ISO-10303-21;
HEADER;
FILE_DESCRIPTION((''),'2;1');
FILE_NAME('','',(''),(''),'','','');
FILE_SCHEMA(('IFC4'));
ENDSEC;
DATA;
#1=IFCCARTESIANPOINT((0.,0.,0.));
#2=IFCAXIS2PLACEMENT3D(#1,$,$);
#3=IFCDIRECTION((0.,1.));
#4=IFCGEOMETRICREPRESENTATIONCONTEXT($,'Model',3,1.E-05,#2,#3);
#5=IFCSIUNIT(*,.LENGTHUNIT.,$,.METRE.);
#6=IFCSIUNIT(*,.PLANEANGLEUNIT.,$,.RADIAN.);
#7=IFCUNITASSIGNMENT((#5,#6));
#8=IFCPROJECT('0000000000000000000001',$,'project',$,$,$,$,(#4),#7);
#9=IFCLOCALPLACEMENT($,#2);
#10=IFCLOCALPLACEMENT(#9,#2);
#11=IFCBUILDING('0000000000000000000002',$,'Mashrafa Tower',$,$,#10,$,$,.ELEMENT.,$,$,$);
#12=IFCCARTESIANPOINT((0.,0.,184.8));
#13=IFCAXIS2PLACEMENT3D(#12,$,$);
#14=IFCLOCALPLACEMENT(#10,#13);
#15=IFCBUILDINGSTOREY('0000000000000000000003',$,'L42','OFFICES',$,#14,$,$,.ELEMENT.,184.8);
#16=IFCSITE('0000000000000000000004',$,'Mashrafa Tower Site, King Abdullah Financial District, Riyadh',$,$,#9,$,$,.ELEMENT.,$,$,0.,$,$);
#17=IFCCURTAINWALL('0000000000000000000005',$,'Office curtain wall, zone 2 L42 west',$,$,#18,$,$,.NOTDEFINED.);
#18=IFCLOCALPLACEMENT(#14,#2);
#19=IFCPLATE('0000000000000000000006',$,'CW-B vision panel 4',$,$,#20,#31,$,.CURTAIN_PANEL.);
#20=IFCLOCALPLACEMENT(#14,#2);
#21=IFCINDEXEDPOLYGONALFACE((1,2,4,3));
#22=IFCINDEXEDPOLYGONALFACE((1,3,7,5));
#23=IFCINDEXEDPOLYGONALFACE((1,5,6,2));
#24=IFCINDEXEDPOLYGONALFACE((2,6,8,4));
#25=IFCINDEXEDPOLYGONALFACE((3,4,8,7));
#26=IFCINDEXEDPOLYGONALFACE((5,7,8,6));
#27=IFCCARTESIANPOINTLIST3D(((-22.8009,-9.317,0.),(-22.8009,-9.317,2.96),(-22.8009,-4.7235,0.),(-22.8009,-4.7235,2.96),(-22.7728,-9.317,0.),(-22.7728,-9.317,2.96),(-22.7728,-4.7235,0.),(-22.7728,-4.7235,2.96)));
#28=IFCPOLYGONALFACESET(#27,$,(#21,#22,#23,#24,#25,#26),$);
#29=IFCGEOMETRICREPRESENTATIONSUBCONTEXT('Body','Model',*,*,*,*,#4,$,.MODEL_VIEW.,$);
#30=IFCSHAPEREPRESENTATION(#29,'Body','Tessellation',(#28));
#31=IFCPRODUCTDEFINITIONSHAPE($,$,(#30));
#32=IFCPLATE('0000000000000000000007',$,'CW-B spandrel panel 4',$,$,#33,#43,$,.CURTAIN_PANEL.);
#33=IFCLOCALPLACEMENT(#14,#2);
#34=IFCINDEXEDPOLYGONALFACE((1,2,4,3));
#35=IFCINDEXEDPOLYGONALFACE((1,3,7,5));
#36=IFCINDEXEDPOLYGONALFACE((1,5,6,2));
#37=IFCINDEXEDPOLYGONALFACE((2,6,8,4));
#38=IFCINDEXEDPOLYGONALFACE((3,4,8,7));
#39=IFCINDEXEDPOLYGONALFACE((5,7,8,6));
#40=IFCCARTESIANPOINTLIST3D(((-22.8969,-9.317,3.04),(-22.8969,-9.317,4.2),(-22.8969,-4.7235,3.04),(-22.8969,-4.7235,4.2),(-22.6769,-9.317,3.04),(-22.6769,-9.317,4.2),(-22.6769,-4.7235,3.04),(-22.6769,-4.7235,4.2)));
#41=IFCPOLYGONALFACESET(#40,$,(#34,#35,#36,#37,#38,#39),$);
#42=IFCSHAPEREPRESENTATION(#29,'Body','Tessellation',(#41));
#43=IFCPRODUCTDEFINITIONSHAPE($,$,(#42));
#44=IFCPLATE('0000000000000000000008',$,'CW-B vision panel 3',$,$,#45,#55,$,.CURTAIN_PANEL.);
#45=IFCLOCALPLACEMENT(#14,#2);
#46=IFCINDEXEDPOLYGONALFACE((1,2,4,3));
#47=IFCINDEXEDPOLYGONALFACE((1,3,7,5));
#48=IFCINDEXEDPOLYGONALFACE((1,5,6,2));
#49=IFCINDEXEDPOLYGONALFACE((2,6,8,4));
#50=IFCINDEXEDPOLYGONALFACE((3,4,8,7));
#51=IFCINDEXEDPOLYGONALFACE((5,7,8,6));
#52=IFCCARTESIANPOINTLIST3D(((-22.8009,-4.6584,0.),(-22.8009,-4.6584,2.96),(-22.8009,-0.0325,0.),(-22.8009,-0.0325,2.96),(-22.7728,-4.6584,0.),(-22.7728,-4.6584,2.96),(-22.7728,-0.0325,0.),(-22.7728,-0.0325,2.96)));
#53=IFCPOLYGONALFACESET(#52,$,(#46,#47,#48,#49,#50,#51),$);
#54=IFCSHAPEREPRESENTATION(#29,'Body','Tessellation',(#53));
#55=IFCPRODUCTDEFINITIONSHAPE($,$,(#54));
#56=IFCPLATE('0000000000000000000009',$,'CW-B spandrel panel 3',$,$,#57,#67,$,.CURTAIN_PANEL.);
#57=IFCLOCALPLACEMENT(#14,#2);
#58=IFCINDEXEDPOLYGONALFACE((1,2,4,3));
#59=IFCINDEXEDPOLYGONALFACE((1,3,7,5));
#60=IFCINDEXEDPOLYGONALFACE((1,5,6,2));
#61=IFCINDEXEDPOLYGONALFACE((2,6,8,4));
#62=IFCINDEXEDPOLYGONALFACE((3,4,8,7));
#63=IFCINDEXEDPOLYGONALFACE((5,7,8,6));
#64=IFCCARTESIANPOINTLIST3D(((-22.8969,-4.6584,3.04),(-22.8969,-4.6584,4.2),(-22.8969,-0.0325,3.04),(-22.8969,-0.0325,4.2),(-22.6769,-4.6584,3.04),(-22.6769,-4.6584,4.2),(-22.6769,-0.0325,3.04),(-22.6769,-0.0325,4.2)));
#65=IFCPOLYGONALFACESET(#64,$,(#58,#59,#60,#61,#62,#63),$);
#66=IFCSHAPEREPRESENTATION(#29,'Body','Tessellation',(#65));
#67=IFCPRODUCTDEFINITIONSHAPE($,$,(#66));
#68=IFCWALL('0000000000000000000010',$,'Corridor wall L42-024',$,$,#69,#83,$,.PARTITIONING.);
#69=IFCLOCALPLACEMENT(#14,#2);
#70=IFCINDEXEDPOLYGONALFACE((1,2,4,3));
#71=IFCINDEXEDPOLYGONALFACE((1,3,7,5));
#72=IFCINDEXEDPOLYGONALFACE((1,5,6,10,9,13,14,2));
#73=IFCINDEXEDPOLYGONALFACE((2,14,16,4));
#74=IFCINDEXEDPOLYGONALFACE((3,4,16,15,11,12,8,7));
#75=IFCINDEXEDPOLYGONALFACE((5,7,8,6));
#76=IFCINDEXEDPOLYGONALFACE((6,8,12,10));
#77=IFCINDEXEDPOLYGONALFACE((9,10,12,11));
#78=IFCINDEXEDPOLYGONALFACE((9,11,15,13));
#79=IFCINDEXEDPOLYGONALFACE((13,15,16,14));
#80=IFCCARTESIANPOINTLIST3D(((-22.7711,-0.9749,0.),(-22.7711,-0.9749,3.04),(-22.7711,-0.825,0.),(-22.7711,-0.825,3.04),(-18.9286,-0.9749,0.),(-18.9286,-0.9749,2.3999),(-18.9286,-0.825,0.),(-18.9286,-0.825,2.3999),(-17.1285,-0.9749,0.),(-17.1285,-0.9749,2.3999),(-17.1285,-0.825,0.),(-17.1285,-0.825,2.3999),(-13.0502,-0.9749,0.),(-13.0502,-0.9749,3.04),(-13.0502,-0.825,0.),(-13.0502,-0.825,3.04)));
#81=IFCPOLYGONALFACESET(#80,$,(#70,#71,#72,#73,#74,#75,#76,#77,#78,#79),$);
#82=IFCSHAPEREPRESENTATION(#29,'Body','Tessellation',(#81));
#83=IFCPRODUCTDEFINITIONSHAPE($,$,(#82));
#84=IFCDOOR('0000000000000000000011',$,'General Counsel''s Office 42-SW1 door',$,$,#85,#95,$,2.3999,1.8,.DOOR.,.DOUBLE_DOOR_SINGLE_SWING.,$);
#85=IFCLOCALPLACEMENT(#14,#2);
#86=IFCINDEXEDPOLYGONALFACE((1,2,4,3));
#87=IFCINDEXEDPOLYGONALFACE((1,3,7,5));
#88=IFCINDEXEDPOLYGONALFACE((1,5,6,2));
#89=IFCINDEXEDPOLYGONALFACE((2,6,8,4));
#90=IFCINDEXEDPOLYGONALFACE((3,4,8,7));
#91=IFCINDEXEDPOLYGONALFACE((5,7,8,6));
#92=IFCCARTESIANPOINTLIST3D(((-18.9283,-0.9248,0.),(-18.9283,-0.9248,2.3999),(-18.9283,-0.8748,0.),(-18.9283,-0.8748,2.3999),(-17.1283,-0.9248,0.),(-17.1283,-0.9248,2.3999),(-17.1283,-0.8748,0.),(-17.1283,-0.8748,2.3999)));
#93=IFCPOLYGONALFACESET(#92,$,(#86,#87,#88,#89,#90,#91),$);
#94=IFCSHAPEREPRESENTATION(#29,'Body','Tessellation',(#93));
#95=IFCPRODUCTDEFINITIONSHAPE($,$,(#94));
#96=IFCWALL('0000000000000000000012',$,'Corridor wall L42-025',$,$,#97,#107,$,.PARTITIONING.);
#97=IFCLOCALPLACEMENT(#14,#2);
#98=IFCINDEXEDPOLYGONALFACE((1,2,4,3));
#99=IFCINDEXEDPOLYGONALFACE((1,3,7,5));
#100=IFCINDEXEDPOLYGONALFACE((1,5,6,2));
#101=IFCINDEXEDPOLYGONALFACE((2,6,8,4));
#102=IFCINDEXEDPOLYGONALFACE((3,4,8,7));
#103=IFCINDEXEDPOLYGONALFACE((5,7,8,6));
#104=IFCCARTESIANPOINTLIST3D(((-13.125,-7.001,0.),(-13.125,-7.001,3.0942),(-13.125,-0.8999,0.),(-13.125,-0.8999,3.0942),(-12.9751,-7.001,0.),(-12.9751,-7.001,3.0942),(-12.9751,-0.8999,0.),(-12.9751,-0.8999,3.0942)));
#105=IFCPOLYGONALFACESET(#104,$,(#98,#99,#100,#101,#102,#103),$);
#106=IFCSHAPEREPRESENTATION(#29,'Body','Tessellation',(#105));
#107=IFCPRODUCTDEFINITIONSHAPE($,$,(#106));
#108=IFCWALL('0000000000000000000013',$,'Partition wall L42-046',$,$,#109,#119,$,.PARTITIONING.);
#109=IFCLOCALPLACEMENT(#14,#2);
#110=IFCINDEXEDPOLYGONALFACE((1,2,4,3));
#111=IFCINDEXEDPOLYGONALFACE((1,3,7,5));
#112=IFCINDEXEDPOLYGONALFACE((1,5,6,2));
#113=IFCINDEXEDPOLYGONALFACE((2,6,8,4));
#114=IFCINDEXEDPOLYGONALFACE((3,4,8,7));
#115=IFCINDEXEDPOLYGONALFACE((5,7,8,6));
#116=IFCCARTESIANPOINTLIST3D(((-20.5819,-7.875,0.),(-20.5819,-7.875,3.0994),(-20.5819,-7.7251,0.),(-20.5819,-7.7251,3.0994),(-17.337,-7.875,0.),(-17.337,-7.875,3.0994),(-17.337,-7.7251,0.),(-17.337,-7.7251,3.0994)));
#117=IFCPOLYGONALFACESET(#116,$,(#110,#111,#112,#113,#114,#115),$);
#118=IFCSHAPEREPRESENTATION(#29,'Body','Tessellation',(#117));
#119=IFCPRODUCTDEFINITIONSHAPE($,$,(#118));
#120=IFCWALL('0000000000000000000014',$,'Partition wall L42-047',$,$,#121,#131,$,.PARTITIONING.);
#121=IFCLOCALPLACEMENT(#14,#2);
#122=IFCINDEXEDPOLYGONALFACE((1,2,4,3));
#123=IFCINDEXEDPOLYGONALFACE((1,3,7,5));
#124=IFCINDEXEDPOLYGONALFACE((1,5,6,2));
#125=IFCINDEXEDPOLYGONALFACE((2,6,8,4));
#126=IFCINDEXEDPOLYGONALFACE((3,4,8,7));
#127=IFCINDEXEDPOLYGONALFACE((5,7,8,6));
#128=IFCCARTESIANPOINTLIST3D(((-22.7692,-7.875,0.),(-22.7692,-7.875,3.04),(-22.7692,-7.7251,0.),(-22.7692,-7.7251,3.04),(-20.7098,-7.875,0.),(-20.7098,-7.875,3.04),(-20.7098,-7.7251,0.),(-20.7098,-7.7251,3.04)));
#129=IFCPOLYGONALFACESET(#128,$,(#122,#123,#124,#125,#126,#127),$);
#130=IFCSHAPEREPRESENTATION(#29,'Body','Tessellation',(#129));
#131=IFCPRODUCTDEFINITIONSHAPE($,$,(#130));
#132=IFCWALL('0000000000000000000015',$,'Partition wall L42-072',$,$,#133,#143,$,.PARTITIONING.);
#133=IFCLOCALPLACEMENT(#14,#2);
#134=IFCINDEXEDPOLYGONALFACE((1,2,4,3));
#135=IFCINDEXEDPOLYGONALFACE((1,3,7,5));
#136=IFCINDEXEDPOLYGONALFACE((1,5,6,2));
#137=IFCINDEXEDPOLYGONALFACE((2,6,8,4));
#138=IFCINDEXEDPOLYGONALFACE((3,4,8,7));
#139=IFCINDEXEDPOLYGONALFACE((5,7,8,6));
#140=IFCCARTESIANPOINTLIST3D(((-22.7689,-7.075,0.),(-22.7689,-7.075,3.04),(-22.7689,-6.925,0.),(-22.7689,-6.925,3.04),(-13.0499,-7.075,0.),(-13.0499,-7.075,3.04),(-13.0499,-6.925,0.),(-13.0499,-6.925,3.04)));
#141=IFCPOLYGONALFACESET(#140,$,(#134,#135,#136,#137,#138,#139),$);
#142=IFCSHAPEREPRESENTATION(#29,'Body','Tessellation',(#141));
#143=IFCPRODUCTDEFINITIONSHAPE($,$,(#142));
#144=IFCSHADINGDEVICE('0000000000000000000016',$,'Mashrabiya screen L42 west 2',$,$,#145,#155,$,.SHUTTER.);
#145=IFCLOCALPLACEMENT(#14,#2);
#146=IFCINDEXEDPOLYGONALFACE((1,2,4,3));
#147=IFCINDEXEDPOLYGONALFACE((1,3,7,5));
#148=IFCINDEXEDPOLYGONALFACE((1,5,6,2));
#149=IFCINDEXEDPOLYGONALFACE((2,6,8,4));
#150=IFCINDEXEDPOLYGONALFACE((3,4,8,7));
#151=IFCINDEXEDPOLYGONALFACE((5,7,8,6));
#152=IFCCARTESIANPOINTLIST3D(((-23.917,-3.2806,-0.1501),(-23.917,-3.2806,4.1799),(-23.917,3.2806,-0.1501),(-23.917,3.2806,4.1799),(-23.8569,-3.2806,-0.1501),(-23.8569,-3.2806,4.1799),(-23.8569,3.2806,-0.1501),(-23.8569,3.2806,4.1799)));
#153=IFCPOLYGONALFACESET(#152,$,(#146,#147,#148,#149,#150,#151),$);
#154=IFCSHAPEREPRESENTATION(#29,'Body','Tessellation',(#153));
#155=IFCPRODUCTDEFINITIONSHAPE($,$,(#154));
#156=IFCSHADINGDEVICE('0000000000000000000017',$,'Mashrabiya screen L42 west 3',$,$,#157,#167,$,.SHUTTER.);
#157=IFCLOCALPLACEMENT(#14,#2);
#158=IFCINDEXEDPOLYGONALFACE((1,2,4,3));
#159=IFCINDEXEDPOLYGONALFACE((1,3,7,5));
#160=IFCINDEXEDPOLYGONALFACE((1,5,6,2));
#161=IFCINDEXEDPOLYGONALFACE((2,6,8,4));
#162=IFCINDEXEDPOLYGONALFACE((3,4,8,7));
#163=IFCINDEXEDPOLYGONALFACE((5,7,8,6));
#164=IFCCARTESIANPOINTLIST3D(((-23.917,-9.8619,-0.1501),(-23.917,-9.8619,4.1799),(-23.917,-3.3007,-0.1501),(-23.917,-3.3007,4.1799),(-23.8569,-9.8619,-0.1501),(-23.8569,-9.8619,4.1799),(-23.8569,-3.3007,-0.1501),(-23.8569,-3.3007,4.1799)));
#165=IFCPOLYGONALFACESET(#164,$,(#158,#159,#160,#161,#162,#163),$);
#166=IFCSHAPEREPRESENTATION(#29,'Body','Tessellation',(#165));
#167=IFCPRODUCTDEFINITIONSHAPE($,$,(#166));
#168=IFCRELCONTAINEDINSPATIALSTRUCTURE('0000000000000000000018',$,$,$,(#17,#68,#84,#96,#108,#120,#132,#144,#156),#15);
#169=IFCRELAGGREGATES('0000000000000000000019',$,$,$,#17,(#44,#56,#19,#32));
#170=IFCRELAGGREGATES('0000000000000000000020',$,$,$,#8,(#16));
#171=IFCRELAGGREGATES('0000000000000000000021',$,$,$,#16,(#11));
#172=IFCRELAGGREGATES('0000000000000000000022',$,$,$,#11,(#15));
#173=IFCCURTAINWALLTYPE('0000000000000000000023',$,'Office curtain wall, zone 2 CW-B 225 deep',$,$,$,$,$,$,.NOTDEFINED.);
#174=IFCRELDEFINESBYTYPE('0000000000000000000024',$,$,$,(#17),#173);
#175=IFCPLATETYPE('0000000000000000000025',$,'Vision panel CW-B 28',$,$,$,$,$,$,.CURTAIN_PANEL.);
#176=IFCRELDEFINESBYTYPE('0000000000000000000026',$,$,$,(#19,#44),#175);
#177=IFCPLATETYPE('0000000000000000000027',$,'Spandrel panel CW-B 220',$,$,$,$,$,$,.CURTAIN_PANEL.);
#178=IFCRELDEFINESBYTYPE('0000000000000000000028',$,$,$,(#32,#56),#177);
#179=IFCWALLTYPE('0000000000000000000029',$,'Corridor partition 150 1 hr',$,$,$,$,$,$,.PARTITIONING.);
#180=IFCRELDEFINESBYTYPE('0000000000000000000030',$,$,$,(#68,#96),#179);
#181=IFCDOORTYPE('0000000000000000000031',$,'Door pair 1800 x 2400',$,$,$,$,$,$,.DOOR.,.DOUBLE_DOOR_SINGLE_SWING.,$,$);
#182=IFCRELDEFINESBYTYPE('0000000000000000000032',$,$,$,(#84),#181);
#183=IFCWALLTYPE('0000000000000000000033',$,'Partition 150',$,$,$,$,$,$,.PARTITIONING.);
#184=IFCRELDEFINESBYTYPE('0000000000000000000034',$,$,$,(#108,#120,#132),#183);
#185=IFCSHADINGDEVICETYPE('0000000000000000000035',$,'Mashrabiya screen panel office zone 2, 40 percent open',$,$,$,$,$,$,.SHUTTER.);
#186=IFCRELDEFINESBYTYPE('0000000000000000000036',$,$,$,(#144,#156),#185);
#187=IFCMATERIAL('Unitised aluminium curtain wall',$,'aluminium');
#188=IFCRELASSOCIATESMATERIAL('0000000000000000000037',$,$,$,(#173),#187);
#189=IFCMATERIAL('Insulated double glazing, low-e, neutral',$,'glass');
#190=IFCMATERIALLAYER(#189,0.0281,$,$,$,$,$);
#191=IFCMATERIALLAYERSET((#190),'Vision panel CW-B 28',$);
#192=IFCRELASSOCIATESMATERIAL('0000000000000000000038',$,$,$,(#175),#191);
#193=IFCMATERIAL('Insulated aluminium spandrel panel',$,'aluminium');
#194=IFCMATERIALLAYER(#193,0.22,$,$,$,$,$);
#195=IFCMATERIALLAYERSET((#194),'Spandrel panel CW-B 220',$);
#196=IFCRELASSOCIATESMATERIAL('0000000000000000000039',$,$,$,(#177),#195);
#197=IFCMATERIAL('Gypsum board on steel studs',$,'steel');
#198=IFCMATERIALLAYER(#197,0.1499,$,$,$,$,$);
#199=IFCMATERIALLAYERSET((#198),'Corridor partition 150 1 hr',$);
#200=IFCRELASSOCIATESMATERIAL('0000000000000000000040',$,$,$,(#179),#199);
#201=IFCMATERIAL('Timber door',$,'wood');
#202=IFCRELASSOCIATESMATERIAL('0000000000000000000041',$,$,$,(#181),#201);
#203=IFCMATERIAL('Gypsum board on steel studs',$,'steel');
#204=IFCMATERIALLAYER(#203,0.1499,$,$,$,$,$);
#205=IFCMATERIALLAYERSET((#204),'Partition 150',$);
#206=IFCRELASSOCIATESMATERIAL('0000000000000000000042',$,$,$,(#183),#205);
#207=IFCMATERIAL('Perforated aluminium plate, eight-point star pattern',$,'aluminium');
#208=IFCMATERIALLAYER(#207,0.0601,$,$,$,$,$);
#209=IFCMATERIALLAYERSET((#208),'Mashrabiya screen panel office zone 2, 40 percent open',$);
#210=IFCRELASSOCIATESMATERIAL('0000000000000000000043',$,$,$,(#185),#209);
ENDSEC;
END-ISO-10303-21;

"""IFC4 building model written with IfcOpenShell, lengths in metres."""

from ifc_helpers import new_model, si_unit, direction, frame, frame_2d, origin, origin_2d, place, context, subcontext, project, spatial, rectangle, extrude, source, transform, mapped, material, layer, layer_set, type_object, type_shapes, element, fill, aggregate, save


model = new_model("IFC4")

# Units and contexts
model_context = context("Model", 3, precision=1e-05, world=origin(), true_north=direction((0.0, 1.0)))
body_context = subcontext(model_context, "Body", "Model", "MODEL_VIEW")
ifc_project = project(units=[si_unit("LENGTHUNIT", "METRE"), si_unit("PLANEANGLEUNIT", "RADIAN")], contexts=[model_context])

# Site, building, storey
site_placement = place(None, origin())
site = spatial("IfcSite", under=ifc_project, at=site_placement, Name="Mashrafa Tower Site, King Abdullah Financial District, Riyadh", CompositionType="ELEMENT", RefElevation=0.0)
building_placement = place(site_placement, origin())
building = spatial("IfcBuilding", under=site, at=building_placement, Name="Mashrafa Tower", CompositionType="ELEMENT")
storey_placement = place(building_placement, frame((0.0, 0.0, 184.8)))
storey = spatial("IfcBuildingStorey", under=building, at=storey_placement, Name="L42", Description="OFFICES", CompositionType="ELEMENT", Elevation=184.8)

# Curtain wall
ifc_material_1 = material(Name="Unitised aluminium curtain wall", Category="aluminium")
curtain_wall_type = type_object("IfcCurtainWallType", Name="Office curtain wall, zone 2 CW-B 225 deep", PredefinedType="NOTDEFINED", material=ifc_material_1)
curtain_wall_1_placement = place(storey_placement, origin())
curtain_wall_1 = element("IfcCurtainWall", 1, at=curtain_wall_1_placement, inside=storey, type_object=curtain_wall_type, Name="Office curtain wall, zone 2 L42 west", PredefinedType="NOTDEFINED")

# Plates
ifc_material_2 = material(Name="Insulated double glazing, low-e, neutral", Category="glass")
ifc_layer_1 = layer(ifc_material_2, 0.0281)
ifc_layer_set_1 = layer_set([ifc_layer_1], Name="Vision panel CW-B 28")
plate_type_1 = type_object("IfcPlateType", Name="Vision panel CW-B 28", PredefinedType="CURTAIN_PANEL", material=ifc_layer_set_1)
shared_shape_1 = source(origin(), body_context, "Body", "SweptSolid", [
    extrude(rectangle(XDim=4.5935, YDim=0.0281, at=origin_2d()), origin(), (0.0, 0.0, 1.0), 2.96),
])
plate_1_placement = place(storey_placement, frame((-22.7869, -7.0203, 0.0), z_axis=(0.0, 0.0, 1.0), x_axis=(0.0, -1.0, 0.0)))
plate_1 = element("IfcPlate", 2, at=plate_1_placement, type_object=plate_type_1, Name="CW-B vision panel 4", PredefinedType="CURTAIN_PANEL", context=body_context, shape_type="MappedRepresentation", body=[
    mapped(shared_shape_1, transform((0.0, 0.0, 0.0))),
])
ifc_material_3 = material(Name="Insulated aluminium spandrel panel", Category="aluminium")
ifc_layer_2 = layer(ifc_material_3, 0.22)
ifc_layer_set_2 = layer_set([ifc_layer_2], Name="Spandrel panel CW-B 220")
plate_type_2 = type_object("IfcPlateType", Name="Spandrel panel CW-B 220", PredefinedType="CURTAIN_PANEL", material=ifc_layer_set_2)
shared_shape_2 = source(origin(), body_context, "Body", "SweptSolid", [
    extrude(rectangle(XDim=4.5935, YDim=0.22, at=origin_2d()), origin(), (0.0, 0.0, 1.0), 1.1599),
])
plate_2_placement = place(storey_placement, frame((-22.7869, -7.0203, 3.04), z_axis=(0.0, 0.0, 1.0), x_axis=(0.0, -1.0, 0.0)))
plate_2 = element("IfcPlate", 3, at=plate_2_placement, type_object=plate_type_2, Name="CW-B spandrel panel 4", PredefinedType="CURTAIN_PANEL", context=body_context, shape_type="MappedRepresentation", body=[
    mapped(shared_shape_2, transform((0.0, 0.0, 0.0))),
])
shared_shape_3 = source(origin(), body_context, "Body", "SweptSolid", [
    extrude(rectangle(XDim=4.626, YDim=0.0281, at=origin_2d()), origin(), (0.0, 0.0, 1.0), 2.96),
])
type_shapes(plate_type_1, [shared_shape_1, shared_shape_3])
plate_3_placement = place(storey_placement, frame((-22.7869, -2.3455, 0.0), z_axis=(0.0, 0.0, 1.0), x_axis=(0.0, -1.0, 0.0)))
plate_3 = element("IfcPlate", 4, at=plate_3_placement, type_object=plate_type_1, Name="CW-B vision panel 3", PredefinedType="CURTAIN_PANEL", context=body_context, shape_type="MappedRepresentation", body=[
    mapped(shared_shape_3, transform((0.0, 0.0, 0.0))),
])
shared_shape_4 = source(origin(), body_context, "Body", "SweptSolid", [
    extrude(rectangle(XDim=4.626, YDim=0.22, at=origin_2d()), origin(), (0.0, 0.0, 1.0), 1.1599),
])
type_shapes(plate_type_2, [shared_shape_2, shared_shape_4])
plate_4_placement = place(storey_placement, frame((-22.7869, -2.3455, 3.04), z_axis=(0.0, 0.0, 1.0), x_axis=(0.0, -1.0, 0.0)))
plate_4 = element("IfcPlate", 5, at=plate_4_placement, type_object=plate_type_2, Name="CW-B spandrel panel 3", PredefinedType="CURTAIN_PANEL", context=body_context, shape_type="MappedRepresentation", body=[
    mapped(shared_shape_4, transform((0.0, 0.0, 0.0))),
])
aggregate(curtain_wall_1, [plate_3, plate_4, plate_1, plate_2])

# Wall, opening, door
ifc_material_4 = material(Name="Gypsum board on steel studs", Category="steel")
ifc_layer_3 = layer(ifc_material_4, 0.1499)
ifc_layer_set_3 = layer_set([ifc_layer_3], Name="Corridor partition 150 1 hr")
wall_type_1 = type_object("IfcWallType", Name="Corridor partition 150 1 hr", PredefinedType="PARTITIONING", material=ifc_layer_set_3)
ifc_material_5 = material(Name="Timber door", Category="wood")
door_type = type_object("IfcDoorType", Name="Door pair 1800 x 2400", OperationType="DOUBLE_DOOR_SINGLE_SWING", PredefinedType="DOOR", material=ifc_material_5)
wall_1_placement = place(storey_placement, frame((-22.771, -0.8999, 0.0), z_axis=(0.0, 0.0, 1.0), x_axis=(1.0, 0.0, 0.0)))
wall_1 = element("IfcWall", 6, at=wall_1_placement, inside=storey, type_object=wall_type_1, Name="Corridor wall L42-024", PredefinedType="PARTITIONING", context=body_context, shape_type="SweptSolid", body=[
    extrude(rectangle(XDim=9.7209, YDim=0.1499, at=frame_2d((4.8604, 0.0))), origin(), (0.0, 0.0, 1.0), 3.04),
])
opening_1_placement = place(wall_1_placement, frame((3.8425, 0.0, 0.0)))
opening_1 = element("IfcOpeningElement", 7, at=opening_1_placement, cuts=wall_1, PredefinedType="OPENING", context=body_context, shape_type="SweptSolid", body=[
    extrude(rectangle(XDim=1.8, YDim=2.3999, at=frame_2d((0.8999, 1.2))), frame((0.0, 0.085, 0.0), z_axis=(0.0, -1.0, 0.0), x_axis=(1.0, 0.0, 0.0)), (0.0, 0.0, 1.0), 0.1699),
])
door_1_placement = place(opening_1_placement, frame((1.8, 0.0, 0.0), z_axis=(0.0, 0.0, 1.0), x_axis=(-1.0, 0.0, 0.0)))
door_1 = element("IfcDoor", 8, at=door_1_placement, inside=storey, type_object=door_type, Name="General Counsel's Office 42-SW1 door", OperationType="DOUBLE_DOOR_SINGLE_SWING", OverallHeight=2.3999, OverallWidth=1.8, PredefinedType="DOOR", context=body_context, shape_type="SweptSolid", body=[
    extrude(rectangle(XDim=1.8, YDim=2.3999, at=frame_2d((0.8999, 1.2))), frame((0.0, 0.0249, 0.0), z_axis=(0.0, -1.0, 0.0), x_axis=(1.0, 0.0, 0.0)), (0.0, 0.0, 1.0), 0.05),
])
fill(opening_1, door_1)

# Walls
wall_2_placement = place(storey_placement, frame((-13.05, -0.8999, 0.0), z_axis=(0.0, 0.0, 1.0), x_axis=(0.0, -1.0, 0.0)))
element("IfcWall", 9, at=wall_2_placement, inside=storey, type_object=wall_type_1, Name="Corridor wall L42-025", PredefinedType="PARTITIONING", context=body_context, shape_type="SweptSolid", body=[
    extrude(rectangle(XDim=6.1011, YDim=0.1499, at=frame_2d((3.0505, 0.0))), origin(), (0.0, 0.0, 1.0), 3.0942),
])
ifc_material_6 = material(Name="Gypsum board on steel studs", Category="steel")
ifc_layer_4 = layer(ifc_material_6, 0.1499)
ifc_layer_set_4 = layer_set([ifc_layer_4], Name="Partition 150")
wall_type_2 = type_object("IfcWallType", Name="Partition 150", PredefinedType="PARTITIONING", material=ifc_layer_set_4)
wall_3_placement = place(storey_placement, frame((-17.3369, -7.8, 0.0), z_axis=(0.0, 0.0, 1.0), x_axis=(-1.0, 0.0, 0.0)))
element("IfcWall", 10, at=wall_3_placement, inside=storey, type_object=wall_type_2, Name="Partition wall L42-046", PredefinedType="PARTITIONING", context=body_context, shape_type="SweptSolid", body=[
    extrude(rectangle(XDim=3.2449, YDim=0.1499, at=frame_2d((1.6226, 0.0))), origin(), (0.0, 0.0, 1.0), 3.0994),
])
wall_4_placement = place(storey_placement, frame((-20.7097, -7.8, 0.0), z_axis=(0.0, 0.0, 1.0), x_axis=(-1.0, 0.0, 0.0)))
element("IfcWall", 11, at=wall_4_placement, inside=storey, type_object=wall_type_2, Name="Partition wall L42-047", PredefinedType="PARTITIONING", context=body_context, shape_type="SweptSolid", body=[
    extrude(rectangle(XDim=2.0593, YDim=0.1499, at=frame_2d((1.0298, 0.0))), origin(), (0.0, 0.0, 1.0), 3.04),
])
wall_5_placement = place(storey_placement, frame((-13.05, -7.0, 0.0), z_axis=(0.0, 0.0, 1.0), x_axis=(-1.0, 0.0, 0.0)))
element("IfcWall", 12, at=wall_5_placement, inside=storey, type_object=wall_type_2, Name="Partition wall L42-072", PredefinedType="PARTITIONING", context=body_context, shape_type="SweptSolid", body=[
    extrude(rectangle(XDim=9.719, YDim=0.1499, at=frame_2d((4.8594, 0.0))), origin(), (0.0, 0.0, 1.0), 3.04),
])

# Shading devices
ifc_material_7 = material(Name="Perforated aluminium plate, eight-point star pattern", Category="aluminium")
ifc_layer_5 = layer(ifc_material_7, 0.0601)
ifc_layer_set_5 = layer_set([ifc_layer_5], Name="Mashrabiya screen panel office zone 2, 40 percent open")
shading_device_type = type_object("IfcShadingDeviceType", Name="Mashrabiya screen panel office zone 2, 40 percent open", PredefinedType="SHUTTER", material=ifc_layer_set_5)
shared_shape_5 = source(origin(), body_context, "Body", "SweptSolid", [
    extrude(rectangle(XDim=6.5613, YDim=0.0601, at=origin_2d()), origin(), (0.0, 0.0, 1.0), 4.3301),
])
type_shapes(shading_device_type, [shared_shape_5])
for number, where, z_axis, x_axis, name in (
    (13, (-23.887, 0.0, -0.1501), (0.0, 0.0, 1.0), (0.0, -1.0, 0.0), "Mashrabiya screen L42 west 2"),
    (14, (-23.887, -6.5813, -0.1501), (0.0, 0.0, 1.0), (0.0, -1.0, 0.0), "Mashrabiya screen L42 west 3"),
):
    element("IfcShadingDevice", number, at=place(storey_placement, frame(where, z_axis=z_axis, x_axis=x_axis)), inside=storey, type_object=shading_device_type, Name=name, PredefinedType="SHUTTER", context=body_context, shape_type="MappedRepresentation", body=[
        mapped(shared_shape_5, transform((0.0, 0.0, 0.0))),
    ])

save(model, "model.ifc")
